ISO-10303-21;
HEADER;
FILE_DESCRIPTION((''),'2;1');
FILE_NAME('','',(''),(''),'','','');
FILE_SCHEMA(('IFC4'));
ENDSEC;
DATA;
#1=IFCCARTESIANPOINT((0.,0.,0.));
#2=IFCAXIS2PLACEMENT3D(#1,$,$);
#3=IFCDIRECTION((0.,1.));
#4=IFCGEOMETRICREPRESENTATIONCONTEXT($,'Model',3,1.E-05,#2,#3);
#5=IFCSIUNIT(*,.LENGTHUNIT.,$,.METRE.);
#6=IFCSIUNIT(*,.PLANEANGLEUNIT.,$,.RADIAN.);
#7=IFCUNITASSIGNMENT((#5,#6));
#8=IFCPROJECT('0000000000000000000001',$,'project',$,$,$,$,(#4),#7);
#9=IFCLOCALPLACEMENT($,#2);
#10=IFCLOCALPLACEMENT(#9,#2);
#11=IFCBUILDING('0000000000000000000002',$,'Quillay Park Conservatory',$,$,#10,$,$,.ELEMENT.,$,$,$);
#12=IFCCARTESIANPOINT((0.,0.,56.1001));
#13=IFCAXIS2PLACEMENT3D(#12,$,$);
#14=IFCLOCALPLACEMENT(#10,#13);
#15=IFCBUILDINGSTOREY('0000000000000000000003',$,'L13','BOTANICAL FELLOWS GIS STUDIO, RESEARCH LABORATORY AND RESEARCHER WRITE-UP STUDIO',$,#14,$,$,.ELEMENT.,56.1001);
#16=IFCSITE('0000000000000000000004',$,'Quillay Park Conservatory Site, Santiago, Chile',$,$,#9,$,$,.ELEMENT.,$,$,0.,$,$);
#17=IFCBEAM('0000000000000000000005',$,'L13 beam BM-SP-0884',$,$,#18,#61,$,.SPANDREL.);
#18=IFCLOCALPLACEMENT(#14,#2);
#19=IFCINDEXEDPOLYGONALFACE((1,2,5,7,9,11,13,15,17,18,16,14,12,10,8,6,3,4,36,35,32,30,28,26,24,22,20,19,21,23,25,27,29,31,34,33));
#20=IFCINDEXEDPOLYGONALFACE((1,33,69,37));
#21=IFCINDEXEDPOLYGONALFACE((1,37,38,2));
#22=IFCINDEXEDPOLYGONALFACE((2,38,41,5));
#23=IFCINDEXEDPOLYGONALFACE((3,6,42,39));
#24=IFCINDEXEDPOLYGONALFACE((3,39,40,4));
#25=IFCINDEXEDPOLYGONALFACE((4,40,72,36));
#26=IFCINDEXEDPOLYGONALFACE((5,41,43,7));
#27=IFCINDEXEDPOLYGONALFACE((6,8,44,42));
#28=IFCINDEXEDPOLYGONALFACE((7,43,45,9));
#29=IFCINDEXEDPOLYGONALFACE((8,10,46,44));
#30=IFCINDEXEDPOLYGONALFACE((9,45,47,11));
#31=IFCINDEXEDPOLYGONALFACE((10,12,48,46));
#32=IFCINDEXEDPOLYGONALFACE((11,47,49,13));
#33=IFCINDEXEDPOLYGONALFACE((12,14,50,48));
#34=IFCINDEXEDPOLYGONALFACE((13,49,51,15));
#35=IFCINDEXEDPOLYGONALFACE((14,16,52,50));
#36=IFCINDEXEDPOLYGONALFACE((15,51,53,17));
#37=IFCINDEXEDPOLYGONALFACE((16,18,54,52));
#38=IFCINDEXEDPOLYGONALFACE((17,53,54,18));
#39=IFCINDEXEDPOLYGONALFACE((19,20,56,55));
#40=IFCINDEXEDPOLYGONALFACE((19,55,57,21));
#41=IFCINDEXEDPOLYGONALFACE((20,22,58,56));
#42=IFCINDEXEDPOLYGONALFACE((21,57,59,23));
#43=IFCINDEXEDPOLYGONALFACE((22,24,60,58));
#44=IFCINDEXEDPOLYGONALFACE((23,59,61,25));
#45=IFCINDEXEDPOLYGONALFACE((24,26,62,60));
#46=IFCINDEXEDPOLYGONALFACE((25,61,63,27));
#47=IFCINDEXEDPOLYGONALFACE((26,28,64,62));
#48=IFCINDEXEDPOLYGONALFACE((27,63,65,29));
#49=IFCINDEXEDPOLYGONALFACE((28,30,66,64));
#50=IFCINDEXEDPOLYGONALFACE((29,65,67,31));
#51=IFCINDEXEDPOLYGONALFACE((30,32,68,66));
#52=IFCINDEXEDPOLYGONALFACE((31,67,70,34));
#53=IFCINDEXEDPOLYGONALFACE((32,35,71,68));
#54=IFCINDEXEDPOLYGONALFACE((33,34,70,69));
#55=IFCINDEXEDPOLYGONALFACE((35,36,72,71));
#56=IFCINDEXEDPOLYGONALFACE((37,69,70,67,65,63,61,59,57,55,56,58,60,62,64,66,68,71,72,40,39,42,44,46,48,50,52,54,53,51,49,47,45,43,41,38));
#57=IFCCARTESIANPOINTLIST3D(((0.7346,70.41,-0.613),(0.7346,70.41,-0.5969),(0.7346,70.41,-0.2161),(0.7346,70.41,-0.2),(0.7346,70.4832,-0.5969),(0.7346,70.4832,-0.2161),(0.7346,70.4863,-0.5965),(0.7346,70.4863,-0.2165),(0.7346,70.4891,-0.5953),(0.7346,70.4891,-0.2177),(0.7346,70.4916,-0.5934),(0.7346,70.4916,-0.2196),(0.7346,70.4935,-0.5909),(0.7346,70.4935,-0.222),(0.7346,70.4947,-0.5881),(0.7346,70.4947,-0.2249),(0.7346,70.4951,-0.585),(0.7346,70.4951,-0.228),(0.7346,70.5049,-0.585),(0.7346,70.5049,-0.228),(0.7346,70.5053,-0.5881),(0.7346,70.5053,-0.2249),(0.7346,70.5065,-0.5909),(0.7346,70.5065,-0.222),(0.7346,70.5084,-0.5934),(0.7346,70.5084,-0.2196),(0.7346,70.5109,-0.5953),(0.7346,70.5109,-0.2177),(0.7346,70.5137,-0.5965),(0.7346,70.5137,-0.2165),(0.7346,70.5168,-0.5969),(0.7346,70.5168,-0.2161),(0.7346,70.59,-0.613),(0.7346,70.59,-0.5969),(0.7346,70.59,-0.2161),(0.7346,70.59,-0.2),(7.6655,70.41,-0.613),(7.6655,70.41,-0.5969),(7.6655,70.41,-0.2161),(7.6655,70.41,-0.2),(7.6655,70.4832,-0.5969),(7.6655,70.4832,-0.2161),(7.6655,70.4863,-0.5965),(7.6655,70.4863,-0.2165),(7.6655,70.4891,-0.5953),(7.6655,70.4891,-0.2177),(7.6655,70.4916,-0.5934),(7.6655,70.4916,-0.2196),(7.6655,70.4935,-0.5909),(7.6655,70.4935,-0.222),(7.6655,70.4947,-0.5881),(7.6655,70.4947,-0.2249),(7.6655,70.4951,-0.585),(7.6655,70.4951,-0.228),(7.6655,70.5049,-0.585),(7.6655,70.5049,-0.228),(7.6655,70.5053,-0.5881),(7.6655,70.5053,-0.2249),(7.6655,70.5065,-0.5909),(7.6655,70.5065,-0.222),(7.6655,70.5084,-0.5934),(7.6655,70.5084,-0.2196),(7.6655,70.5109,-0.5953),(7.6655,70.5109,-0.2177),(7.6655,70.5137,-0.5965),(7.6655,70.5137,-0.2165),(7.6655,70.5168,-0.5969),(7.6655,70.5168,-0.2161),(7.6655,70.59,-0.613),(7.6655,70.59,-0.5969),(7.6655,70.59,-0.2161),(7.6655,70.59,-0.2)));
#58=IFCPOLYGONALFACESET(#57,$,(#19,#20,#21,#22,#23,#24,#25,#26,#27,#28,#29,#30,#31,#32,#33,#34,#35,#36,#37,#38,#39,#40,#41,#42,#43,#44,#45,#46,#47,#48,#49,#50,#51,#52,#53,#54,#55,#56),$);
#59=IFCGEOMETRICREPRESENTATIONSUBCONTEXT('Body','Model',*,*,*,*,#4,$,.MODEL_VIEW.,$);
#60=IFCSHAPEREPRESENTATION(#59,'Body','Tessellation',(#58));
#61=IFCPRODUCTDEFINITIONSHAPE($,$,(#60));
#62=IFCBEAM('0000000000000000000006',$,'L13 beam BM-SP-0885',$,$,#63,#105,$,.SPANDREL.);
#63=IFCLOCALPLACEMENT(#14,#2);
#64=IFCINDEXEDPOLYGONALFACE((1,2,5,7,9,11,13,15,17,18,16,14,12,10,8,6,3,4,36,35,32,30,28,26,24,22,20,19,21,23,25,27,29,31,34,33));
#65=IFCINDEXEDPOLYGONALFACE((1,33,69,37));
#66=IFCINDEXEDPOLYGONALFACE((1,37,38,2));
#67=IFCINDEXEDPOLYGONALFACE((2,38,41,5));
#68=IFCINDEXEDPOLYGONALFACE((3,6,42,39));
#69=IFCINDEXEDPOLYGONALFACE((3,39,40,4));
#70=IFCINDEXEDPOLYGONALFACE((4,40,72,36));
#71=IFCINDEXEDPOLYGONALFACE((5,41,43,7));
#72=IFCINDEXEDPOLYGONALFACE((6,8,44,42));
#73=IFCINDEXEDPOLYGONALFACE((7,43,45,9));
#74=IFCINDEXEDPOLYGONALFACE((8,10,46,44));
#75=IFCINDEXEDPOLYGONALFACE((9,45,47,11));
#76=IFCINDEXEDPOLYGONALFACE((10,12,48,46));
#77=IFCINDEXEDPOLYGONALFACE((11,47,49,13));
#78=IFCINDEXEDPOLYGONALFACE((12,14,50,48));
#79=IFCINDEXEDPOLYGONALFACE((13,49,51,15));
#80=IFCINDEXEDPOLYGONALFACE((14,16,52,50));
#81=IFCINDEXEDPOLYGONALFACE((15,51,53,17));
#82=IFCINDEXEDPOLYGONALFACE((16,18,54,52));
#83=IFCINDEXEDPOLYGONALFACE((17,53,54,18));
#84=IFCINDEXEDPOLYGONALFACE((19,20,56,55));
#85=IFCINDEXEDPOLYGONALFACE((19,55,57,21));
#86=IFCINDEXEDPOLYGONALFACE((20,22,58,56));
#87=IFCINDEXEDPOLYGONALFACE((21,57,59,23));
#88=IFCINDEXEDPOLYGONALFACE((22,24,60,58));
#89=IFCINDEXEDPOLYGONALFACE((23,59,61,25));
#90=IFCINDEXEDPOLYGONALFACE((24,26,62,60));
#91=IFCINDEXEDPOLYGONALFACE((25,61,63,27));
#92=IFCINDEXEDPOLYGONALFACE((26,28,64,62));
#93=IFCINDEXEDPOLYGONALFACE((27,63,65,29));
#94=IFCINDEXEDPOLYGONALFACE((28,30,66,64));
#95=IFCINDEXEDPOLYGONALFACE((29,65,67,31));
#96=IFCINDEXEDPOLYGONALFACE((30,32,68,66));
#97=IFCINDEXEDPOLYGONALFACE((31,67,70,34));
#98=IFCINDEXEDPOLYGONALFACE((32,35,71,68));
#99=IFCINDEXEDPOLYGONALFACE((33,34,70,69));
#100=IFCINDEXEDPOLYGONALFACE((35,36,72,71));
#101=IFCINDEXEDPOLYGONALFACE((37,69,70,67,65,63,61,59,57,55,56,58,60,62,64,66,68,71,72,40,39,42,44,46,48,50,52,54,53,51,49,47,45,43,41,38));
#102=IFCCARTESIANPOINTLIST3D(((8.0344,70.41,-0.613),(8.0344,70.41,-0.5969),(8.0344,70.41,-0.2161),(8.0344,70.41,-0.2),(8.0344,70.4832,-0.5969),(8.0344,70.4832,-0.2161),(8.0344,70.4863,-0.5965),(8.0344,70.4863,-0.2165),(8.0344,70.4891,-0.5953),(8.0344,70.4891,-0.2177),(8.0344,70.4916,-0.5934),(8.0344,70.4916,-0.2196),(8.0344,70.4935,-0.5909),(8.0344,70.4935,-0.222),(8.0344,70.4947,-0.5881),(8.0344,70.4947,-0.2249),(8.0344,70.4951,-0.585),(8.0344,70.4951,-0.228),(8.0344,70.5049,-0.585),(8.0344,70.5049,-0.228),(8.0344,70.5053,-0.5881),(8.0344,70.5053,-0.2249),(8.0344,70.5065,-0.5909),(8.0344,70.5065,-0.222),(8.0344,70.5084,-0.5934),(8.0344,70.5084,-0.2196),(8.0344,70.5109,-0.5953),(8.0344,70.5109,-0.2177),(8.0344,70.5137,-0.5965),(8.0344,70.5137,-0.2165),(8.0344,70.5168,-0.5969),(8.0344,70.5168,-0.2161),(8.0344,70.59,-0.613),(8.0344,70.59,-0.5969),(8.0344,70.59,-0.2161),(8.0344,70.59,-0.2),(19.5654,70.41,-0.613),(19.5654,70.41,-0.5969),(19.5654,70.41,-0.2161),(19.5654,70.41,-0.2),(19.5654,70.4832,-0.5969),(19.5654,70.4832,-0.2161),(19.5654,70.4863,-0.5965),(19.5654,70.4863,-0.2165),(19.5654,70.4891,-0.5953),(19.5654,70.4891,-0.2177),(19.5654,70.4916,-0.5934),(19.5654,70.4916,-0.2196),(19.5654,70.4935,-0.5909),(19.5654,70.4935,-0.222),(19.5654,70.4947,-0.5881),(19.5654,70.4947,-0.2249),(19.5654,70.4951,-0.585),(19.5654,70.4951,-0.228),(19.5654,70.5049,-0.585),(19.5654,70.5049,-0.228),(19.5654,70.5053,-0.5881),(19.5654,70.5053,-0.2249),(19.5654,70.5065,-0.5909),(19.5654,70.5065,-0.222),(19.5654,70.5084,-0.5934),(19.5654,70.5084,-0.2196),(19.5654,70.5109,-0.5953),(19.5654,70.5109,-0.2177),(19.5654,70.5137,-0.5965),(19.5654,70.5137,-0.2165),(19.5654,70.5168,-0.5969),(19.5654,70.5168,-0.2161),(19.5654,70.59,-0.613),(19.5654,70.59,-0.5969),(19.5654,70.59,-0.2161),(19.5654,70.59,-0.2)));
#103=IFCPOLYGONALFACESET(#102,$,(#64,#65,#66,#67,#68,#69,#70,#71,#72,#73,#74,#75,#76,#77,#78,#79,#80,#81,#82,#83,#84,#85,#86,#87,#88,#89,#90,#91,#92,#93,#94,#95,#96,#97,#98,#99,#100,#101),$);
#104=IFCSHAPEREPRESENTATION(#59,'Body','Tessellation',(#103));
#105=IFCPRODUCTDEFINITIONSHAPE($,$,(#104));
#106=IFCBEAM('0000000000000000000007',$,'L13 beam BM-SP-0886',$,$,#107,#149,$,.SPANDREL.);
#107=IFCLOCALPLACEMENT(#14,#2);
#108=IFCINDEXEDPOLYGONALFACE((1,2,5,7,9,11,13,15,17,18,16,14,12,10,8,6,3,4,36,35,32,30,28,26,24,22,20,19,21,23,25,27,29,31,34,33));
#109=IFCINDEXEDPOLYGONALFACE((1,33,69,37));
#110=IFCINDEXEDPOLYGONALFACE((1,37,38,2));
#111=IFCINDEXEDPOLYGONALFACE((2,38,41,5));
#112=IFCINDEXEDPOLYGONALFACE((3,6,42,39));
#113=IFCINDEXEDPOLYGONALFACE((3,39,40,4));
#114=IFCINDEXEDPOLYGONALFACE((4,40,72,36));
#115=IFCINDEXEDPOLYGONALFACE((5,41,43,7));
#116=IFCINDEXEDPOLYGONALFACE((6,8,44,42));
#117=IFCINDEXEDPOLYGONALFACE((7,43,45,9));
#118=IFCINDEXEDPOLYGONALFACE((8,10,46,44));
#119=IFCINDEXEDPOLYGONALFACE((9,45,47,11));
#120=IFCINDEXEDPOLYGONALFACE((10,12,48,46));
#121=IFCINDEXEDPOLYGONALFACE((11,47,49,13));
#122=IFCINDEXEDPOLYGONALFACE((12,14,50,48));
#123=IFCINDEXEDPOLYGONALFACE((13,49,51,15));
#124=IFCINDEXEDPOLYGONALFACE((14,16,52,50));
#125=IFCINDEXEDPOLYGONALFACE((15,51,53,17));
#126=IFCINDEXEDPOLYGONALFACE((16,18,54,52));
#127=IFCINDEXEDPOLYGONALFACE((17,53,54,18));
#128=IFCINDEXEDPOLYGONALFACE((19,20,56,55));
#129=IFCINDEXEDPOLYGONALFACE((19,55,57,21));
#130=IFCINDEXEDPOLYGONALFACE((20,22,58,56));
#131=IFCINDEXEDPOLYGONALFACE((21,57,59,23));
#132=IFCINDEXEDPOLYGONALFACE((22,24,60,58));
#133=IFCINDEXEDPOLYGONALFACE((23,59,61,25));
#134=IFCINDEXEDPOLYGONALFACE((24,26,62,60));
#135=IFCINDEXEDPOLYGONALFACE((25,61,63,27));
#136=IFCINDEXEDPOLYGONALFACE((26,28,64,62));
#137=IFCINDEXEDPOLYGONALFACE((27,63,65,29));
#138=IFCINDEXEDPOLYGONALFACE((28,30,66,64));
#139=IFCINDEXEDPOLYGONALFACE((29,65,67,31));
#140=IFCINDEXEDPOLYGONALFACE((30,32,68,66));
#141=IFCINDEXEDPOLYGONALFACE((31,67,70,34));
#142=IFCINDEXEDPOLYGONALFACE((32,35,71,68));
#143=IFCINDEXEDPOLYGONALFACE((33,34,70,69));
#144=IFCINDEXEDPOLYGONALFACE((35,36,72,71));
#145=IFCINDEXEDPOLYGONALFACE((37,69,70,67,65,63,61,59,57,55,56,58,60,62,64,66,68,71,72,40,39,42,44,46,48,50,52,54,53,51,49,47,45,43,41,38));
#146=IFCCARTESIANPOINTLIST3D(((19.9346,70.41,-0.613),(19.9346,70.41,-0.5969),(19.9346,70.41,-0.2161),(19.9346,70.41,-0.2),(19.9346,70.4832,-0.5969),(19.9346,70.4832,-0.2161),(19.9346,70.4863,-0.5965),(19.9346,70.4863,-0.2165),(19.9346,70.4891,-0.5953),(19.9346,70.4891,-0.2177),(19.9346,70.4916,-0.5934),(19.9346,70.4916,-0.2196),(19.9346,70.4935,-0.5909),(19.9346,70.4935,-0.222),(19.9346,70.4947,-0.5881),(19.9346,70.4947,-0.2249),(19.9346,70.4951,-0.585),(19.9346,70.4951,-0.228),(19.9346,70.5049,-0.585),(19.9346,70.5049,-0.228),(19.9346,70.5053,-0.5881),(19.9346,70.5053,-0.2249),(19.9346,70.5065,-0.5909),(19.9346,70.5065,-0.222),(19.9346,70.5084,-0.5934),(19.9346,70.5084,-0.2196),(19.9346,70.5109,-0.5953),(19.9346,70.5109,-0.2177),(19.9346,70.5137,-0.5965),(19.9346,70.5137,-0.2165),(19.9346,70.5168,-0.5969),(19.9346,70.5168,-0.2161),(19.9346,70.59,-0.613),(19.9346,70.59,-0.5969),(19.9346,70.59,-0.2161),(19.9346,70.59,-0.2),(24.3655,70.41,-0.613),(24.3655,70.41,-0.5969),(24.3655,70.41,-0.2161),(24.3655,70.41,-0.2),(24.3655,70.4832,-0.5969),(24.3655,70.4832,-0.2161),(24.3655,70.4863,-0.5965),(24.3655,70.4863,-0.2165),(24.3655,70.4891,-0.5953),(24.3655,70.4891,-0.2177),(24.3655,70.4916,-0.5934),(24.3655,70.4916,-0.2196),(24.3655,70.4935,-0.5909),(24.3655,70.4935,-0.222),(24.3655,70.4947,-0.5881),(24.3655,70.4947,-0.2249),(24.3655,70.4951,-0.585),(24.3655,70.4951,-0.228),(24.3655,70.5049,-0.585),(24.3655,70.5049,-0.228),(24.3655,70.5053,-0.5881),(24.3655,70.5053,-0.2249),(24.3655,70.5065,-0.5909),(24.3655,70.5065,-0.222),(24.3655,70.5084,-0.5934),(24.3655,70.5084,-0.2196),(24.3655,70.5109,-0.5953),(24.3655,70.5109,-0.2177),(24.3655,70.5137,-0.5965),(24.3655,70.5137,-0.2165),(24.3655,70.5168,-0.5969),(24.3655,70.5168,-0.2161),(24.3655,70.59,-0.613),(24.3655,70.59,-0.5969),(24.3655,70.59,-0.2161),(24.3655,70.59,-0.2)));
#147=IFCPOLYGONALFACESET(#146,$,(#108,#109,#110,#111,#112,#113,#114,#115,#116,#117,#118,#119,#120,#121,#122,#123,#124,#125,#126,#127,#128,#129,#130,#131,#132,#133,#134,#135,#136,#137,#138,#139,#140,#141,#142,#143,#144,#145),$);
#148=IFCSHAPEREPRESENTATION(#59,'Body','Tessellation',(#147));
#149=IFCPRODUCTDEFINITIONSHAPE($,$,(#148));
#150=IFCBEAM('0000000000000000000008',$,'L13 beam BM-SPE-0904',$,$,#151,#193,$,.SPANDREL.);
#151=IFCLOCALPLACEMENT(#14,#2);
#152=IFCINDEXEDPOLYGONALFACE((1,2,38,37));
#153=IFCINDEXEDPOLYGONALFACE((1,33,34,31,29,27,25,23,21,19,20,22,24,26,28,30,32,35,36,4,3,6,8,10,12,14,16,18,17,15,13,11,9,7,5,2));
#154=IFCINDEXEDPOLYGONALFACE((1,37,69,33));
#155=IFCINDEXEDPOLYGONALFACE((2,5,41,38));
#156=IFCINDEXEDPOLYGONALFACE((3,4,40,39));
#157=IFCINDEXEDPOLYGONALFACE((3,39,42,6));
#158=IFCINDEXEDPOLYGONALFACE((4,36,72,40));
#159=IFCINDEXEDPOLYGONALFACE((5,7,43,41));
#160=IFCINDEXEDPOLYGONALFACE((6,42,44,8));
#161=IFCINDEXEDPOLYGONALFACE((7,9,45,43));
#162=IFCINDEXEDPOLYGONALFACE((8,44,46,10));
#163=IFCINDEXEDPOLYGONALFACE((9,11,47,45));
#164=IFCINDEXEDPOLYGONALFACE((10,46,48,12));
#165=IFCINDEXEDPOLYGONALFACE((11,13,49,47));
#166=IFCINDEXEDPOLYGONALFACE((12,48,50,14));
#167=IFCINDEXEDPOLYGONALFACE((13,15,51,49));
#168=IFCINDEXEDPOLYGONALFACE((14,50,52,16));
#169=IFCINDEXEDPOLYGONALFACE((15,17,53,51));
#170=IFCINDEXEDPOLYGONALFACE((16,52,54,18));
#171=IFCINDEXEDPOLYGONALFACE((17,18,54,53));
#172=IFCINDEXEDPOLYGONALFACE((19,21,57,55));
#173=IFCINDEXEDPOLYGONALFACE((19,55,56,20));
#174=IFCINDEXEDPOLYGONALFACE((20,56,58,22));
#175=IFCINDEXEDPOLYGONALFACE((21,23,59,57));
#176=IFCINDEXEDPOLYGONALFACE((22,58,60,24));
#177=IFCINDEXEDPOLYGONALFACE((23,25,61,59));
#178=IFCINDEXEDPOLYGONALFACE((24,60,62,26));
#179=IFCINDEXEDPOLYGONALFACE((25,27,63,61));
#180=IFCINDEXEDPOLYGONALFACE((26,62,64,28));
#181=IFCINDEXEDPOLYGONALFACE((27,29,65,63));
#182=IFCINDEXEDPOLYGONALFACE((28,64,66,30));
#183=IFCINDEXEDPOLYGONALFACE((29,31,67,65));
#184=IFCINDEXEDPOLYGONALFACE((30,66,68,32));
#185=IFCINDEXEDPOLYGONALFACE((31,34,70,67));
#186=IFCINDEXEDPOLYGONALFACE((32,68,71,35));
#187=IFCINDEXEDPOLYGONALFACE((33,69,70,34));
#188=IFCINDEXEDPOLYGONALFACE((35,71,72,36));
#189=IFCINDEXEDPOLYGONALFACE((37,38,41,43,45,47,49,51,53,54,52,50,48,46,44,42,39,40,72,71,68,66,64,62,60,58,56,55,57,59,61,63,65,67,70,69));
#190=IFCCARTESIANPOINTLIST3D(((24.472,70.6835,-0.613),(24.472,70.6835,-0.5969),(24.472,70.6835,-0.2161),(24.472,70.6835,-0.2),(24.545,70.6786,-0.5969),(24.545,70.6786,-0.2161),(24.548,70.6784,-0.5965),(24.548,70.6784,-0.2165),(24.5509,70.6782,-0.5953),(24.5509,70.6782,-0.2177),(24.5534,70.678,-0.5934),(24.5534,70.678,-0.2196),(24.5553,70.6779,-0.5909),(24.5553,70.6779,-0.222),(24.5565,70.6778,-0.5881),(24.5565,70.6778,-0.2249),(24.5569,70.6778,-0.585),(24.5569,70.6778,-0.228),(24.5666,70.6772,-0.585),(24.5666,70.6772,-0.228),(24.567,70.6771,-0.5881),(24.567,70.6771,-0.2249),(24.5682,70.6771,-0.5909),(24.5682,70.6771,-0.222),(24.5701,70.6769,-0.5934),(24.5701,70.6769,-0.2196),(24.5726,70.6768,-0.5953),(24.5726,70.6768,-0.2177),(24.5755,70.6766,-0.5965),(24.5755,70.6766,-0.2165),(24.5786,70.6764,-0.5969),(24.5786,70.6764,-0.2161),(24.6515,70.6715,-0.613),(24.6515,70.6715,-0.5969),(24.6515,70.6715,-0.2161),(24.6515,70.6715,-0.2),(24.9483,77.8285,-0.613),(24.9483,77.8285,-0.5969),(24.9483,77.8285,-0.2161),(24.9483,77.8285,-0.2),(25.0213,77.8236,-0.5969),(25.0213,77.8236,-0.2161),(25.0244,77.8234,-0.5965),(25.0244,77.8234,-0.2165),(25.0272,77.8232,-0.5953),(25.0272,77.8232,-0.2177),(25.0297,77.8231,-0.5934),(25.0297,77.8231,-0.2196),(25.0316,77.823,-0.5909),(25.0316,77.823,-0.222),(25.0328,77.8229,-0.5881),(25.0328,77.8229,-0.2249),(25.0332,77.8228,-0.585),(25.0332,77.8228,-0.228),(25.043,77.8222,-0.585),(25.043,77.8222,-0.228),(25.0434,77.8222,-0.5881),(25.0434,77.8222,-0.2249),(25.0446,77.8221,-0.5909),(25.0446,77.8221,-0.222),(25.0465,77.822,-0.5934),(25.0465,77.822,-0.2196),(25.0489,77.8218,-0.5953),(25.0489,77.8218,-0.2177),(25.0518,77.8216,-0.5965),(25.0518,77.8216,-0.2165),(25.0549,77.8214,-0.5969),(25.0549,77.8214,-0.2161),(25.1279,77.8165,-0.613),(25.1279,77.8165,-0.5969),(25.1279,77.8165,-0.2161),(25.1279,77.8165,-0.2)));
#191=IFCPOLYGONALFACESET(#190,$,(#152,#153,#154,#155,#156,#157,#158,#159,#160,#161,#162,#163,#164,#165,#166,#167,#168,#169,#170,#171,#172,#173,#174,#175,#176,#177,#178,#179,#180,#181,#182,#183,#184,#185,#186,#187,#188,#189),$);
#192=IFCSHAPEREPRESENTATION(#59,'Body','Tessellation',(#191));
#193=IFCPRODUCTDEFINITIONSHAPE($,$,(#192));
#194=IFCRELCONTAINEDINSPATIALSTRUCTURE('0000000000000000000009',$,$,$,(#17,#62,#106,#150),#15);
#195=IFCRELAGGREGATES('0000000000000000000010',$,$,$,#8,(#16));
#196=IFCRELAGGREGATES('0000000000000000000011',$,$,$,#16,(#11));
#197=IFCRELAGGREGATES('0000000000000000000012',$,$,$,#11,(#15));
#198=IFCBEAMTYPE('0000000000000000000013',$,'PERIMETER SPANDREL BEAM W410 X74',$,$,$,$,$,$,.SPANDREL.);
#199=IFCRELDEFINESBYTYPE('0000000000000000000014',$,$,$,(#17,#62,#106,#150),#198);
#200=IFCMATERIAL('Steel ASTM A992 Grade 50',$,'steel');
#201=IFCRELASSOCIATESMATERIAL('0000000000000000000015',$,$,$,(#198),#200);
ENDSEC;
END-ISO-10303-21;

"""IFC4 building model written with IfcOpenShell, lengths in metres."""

from ifc_helpers import new_model, si_unit, direction, frame, origin, origin_2d, place, context, subcontext, project, spatial, i_section, extrude, material, material_profile, profile_set, type_object, element, save


model = new_model("IFC4")

# Units and contexts
model_context = context("Model", 3, precision=1e-05, world=origin(), true_north=direction((0.0, 1.0)))
body_context = subcontext(model_context, "Body", "Model", "MODEL_VIEW")
ifc_project = project(units=[si_unit("LENGTHUNIT", "METRE"), si_unit("PLANEANGLEUNIT", "RADIAN")], contexts=[model_context])

# Site, building, storey
site_placement = place(None, origin())
site = spatial("IfcSite", under=ifc_project, at=site_placement, Name="Quillay Park Conservatory Site, Santiago, Chile", CompositionType="ELEMENT", RefElevation=0.0)
building_placement = place(site_placement, origin())
building = spatial("IfcBuilding", under=site, at=building_placement, Name="Quillay Park Conservatory", CompositionType="ELEMENT")
storey_placement = place(building_placement, frame((0.0, 0.0, 56.1001)))
storey = spatial("IfcBuildingStorey", under=building, at=storey_placement, Name="L13", Description="BOTANICAL FELLOWS GIS STUDIO, RESEARCH LABORATORY AND RESEARCHER WRITE-UP STUDIO", CompositionType="ELEMENT", Elevation=56.1001)

# Beams
ifc_material_1 = material(Name="Steel ASTM A992 Grade 50", Category="steel")
ifc_material_profile_1 = material_profile(ifc_material_1, i_section(OverallWidth=0.1799, OverallDepth=0.4131, WebThickness=0.0098, FlangeThickness=0.0161, FilletRadius=0.012, at=origin_2d()), Name="W410x74")
ifc_profile_set_1 = profile_set([ifc_material_profile_1], Name="Steel ASTM A992 Grade 50")
beam_type = type_object("IfcBeamType", Name="PERIMETER SPANDREL BEAM W410 X74", PredefinedType="SPANDREL", material=ifc_profile_set_1)
beam_1_placement = place(storey_placement, frame((0.7346, 70.5, -0.4065), z_axis=(1.0, 0.0, 0.0), x_axis=(0.0, 1.0, 0.0)))
element("IfcBeam", 1, at=beam_1_placement, inside=storey, type_object=beam_type, Name="L13 beam BM-SP-0884", PredefinedType="SPANDREL", context=body_context, shape_type="SweptSolid", body=[
    extrude(i_section(OverallWidth=0.1799, OverallDepth=0.4131, WebThickness=0.0098, FlangeThickness=0.0161, FilletRadius=0.012, at=origin_2d()), origin(), (0.0, 0.0, 1.0), 6.9309),
])
beam_2_placement = place(storey_placement, frame((8.0344, 70.5, -0.4065), z_axis=(1.0, 0.0, 0.0), x_axis=(0.0, 1.0, 0.0)))
element("IfcBeam", 2, at=beam_2_placement, inside=storey, type_object=beam_type, Name="L13 beam BM-SP-0885", PredefinedType="SPANDREL", context=body_context, shape_type="SweptSolid", body=[
    extrude(i_section(OverallWidth=0.1799, OverallDepth=0.4131, WebThickness=0.0098, FlangeThickness=0.0161, FilletRadius=0.012, at=origin_2d()), origin(), (0.0, 0.0, 1.0), 11.531),
])
beam_3_placement = place(storey_placement, frame((19.9346, 70.5, -0.4065), z_axis=(1.0, 0.0, 0.0), x_axis=(0.0, 1.0, 0.0)))
element("IfcBeam", 3, at=beam_3_placement, inside=storey, type_object=beam_type, Name="L13 beam BM-SP-0886", PredefinedType="SPANDREL", context=body_context, shape_type="SweptSolid", body=[
    extrude(i_section(OverallWidth=0.1799, OverallDepth=0.4131, WebThickness=0.0098, FlangeThickness=0.0161, FilletRadius=0.012, at=origin_2d()), origin(), (0.0, 0.0, 1.0), 4.4309),
])
beam_4_placement = place(storey_placement, frame((24.5618, 70.6775, -0.4065), z_axis=(0.066517, 0.997785, 0.0), x_axis=(-0.997785, 0.066517, 0.0)))
element("IfcBeam", 4, at=beam_4_placement, inside=storey, type_object=beam_type, Name="L13 beam BM-SPE-0904", PredefinedType="SPANDREL", context=body_context, shape_type="SweptSolid", body=[
    extrude(i_section(OverallWidth=0.1799, OverallDepth=0.4131, WebThickness=0.0098, FlangeThickness=0.0161, FilletRadius=0.012, at=origin_2d()), origin(), (0.0, 0.0, 1.0), 7.1609),
])

save(model, "model.ifc")
